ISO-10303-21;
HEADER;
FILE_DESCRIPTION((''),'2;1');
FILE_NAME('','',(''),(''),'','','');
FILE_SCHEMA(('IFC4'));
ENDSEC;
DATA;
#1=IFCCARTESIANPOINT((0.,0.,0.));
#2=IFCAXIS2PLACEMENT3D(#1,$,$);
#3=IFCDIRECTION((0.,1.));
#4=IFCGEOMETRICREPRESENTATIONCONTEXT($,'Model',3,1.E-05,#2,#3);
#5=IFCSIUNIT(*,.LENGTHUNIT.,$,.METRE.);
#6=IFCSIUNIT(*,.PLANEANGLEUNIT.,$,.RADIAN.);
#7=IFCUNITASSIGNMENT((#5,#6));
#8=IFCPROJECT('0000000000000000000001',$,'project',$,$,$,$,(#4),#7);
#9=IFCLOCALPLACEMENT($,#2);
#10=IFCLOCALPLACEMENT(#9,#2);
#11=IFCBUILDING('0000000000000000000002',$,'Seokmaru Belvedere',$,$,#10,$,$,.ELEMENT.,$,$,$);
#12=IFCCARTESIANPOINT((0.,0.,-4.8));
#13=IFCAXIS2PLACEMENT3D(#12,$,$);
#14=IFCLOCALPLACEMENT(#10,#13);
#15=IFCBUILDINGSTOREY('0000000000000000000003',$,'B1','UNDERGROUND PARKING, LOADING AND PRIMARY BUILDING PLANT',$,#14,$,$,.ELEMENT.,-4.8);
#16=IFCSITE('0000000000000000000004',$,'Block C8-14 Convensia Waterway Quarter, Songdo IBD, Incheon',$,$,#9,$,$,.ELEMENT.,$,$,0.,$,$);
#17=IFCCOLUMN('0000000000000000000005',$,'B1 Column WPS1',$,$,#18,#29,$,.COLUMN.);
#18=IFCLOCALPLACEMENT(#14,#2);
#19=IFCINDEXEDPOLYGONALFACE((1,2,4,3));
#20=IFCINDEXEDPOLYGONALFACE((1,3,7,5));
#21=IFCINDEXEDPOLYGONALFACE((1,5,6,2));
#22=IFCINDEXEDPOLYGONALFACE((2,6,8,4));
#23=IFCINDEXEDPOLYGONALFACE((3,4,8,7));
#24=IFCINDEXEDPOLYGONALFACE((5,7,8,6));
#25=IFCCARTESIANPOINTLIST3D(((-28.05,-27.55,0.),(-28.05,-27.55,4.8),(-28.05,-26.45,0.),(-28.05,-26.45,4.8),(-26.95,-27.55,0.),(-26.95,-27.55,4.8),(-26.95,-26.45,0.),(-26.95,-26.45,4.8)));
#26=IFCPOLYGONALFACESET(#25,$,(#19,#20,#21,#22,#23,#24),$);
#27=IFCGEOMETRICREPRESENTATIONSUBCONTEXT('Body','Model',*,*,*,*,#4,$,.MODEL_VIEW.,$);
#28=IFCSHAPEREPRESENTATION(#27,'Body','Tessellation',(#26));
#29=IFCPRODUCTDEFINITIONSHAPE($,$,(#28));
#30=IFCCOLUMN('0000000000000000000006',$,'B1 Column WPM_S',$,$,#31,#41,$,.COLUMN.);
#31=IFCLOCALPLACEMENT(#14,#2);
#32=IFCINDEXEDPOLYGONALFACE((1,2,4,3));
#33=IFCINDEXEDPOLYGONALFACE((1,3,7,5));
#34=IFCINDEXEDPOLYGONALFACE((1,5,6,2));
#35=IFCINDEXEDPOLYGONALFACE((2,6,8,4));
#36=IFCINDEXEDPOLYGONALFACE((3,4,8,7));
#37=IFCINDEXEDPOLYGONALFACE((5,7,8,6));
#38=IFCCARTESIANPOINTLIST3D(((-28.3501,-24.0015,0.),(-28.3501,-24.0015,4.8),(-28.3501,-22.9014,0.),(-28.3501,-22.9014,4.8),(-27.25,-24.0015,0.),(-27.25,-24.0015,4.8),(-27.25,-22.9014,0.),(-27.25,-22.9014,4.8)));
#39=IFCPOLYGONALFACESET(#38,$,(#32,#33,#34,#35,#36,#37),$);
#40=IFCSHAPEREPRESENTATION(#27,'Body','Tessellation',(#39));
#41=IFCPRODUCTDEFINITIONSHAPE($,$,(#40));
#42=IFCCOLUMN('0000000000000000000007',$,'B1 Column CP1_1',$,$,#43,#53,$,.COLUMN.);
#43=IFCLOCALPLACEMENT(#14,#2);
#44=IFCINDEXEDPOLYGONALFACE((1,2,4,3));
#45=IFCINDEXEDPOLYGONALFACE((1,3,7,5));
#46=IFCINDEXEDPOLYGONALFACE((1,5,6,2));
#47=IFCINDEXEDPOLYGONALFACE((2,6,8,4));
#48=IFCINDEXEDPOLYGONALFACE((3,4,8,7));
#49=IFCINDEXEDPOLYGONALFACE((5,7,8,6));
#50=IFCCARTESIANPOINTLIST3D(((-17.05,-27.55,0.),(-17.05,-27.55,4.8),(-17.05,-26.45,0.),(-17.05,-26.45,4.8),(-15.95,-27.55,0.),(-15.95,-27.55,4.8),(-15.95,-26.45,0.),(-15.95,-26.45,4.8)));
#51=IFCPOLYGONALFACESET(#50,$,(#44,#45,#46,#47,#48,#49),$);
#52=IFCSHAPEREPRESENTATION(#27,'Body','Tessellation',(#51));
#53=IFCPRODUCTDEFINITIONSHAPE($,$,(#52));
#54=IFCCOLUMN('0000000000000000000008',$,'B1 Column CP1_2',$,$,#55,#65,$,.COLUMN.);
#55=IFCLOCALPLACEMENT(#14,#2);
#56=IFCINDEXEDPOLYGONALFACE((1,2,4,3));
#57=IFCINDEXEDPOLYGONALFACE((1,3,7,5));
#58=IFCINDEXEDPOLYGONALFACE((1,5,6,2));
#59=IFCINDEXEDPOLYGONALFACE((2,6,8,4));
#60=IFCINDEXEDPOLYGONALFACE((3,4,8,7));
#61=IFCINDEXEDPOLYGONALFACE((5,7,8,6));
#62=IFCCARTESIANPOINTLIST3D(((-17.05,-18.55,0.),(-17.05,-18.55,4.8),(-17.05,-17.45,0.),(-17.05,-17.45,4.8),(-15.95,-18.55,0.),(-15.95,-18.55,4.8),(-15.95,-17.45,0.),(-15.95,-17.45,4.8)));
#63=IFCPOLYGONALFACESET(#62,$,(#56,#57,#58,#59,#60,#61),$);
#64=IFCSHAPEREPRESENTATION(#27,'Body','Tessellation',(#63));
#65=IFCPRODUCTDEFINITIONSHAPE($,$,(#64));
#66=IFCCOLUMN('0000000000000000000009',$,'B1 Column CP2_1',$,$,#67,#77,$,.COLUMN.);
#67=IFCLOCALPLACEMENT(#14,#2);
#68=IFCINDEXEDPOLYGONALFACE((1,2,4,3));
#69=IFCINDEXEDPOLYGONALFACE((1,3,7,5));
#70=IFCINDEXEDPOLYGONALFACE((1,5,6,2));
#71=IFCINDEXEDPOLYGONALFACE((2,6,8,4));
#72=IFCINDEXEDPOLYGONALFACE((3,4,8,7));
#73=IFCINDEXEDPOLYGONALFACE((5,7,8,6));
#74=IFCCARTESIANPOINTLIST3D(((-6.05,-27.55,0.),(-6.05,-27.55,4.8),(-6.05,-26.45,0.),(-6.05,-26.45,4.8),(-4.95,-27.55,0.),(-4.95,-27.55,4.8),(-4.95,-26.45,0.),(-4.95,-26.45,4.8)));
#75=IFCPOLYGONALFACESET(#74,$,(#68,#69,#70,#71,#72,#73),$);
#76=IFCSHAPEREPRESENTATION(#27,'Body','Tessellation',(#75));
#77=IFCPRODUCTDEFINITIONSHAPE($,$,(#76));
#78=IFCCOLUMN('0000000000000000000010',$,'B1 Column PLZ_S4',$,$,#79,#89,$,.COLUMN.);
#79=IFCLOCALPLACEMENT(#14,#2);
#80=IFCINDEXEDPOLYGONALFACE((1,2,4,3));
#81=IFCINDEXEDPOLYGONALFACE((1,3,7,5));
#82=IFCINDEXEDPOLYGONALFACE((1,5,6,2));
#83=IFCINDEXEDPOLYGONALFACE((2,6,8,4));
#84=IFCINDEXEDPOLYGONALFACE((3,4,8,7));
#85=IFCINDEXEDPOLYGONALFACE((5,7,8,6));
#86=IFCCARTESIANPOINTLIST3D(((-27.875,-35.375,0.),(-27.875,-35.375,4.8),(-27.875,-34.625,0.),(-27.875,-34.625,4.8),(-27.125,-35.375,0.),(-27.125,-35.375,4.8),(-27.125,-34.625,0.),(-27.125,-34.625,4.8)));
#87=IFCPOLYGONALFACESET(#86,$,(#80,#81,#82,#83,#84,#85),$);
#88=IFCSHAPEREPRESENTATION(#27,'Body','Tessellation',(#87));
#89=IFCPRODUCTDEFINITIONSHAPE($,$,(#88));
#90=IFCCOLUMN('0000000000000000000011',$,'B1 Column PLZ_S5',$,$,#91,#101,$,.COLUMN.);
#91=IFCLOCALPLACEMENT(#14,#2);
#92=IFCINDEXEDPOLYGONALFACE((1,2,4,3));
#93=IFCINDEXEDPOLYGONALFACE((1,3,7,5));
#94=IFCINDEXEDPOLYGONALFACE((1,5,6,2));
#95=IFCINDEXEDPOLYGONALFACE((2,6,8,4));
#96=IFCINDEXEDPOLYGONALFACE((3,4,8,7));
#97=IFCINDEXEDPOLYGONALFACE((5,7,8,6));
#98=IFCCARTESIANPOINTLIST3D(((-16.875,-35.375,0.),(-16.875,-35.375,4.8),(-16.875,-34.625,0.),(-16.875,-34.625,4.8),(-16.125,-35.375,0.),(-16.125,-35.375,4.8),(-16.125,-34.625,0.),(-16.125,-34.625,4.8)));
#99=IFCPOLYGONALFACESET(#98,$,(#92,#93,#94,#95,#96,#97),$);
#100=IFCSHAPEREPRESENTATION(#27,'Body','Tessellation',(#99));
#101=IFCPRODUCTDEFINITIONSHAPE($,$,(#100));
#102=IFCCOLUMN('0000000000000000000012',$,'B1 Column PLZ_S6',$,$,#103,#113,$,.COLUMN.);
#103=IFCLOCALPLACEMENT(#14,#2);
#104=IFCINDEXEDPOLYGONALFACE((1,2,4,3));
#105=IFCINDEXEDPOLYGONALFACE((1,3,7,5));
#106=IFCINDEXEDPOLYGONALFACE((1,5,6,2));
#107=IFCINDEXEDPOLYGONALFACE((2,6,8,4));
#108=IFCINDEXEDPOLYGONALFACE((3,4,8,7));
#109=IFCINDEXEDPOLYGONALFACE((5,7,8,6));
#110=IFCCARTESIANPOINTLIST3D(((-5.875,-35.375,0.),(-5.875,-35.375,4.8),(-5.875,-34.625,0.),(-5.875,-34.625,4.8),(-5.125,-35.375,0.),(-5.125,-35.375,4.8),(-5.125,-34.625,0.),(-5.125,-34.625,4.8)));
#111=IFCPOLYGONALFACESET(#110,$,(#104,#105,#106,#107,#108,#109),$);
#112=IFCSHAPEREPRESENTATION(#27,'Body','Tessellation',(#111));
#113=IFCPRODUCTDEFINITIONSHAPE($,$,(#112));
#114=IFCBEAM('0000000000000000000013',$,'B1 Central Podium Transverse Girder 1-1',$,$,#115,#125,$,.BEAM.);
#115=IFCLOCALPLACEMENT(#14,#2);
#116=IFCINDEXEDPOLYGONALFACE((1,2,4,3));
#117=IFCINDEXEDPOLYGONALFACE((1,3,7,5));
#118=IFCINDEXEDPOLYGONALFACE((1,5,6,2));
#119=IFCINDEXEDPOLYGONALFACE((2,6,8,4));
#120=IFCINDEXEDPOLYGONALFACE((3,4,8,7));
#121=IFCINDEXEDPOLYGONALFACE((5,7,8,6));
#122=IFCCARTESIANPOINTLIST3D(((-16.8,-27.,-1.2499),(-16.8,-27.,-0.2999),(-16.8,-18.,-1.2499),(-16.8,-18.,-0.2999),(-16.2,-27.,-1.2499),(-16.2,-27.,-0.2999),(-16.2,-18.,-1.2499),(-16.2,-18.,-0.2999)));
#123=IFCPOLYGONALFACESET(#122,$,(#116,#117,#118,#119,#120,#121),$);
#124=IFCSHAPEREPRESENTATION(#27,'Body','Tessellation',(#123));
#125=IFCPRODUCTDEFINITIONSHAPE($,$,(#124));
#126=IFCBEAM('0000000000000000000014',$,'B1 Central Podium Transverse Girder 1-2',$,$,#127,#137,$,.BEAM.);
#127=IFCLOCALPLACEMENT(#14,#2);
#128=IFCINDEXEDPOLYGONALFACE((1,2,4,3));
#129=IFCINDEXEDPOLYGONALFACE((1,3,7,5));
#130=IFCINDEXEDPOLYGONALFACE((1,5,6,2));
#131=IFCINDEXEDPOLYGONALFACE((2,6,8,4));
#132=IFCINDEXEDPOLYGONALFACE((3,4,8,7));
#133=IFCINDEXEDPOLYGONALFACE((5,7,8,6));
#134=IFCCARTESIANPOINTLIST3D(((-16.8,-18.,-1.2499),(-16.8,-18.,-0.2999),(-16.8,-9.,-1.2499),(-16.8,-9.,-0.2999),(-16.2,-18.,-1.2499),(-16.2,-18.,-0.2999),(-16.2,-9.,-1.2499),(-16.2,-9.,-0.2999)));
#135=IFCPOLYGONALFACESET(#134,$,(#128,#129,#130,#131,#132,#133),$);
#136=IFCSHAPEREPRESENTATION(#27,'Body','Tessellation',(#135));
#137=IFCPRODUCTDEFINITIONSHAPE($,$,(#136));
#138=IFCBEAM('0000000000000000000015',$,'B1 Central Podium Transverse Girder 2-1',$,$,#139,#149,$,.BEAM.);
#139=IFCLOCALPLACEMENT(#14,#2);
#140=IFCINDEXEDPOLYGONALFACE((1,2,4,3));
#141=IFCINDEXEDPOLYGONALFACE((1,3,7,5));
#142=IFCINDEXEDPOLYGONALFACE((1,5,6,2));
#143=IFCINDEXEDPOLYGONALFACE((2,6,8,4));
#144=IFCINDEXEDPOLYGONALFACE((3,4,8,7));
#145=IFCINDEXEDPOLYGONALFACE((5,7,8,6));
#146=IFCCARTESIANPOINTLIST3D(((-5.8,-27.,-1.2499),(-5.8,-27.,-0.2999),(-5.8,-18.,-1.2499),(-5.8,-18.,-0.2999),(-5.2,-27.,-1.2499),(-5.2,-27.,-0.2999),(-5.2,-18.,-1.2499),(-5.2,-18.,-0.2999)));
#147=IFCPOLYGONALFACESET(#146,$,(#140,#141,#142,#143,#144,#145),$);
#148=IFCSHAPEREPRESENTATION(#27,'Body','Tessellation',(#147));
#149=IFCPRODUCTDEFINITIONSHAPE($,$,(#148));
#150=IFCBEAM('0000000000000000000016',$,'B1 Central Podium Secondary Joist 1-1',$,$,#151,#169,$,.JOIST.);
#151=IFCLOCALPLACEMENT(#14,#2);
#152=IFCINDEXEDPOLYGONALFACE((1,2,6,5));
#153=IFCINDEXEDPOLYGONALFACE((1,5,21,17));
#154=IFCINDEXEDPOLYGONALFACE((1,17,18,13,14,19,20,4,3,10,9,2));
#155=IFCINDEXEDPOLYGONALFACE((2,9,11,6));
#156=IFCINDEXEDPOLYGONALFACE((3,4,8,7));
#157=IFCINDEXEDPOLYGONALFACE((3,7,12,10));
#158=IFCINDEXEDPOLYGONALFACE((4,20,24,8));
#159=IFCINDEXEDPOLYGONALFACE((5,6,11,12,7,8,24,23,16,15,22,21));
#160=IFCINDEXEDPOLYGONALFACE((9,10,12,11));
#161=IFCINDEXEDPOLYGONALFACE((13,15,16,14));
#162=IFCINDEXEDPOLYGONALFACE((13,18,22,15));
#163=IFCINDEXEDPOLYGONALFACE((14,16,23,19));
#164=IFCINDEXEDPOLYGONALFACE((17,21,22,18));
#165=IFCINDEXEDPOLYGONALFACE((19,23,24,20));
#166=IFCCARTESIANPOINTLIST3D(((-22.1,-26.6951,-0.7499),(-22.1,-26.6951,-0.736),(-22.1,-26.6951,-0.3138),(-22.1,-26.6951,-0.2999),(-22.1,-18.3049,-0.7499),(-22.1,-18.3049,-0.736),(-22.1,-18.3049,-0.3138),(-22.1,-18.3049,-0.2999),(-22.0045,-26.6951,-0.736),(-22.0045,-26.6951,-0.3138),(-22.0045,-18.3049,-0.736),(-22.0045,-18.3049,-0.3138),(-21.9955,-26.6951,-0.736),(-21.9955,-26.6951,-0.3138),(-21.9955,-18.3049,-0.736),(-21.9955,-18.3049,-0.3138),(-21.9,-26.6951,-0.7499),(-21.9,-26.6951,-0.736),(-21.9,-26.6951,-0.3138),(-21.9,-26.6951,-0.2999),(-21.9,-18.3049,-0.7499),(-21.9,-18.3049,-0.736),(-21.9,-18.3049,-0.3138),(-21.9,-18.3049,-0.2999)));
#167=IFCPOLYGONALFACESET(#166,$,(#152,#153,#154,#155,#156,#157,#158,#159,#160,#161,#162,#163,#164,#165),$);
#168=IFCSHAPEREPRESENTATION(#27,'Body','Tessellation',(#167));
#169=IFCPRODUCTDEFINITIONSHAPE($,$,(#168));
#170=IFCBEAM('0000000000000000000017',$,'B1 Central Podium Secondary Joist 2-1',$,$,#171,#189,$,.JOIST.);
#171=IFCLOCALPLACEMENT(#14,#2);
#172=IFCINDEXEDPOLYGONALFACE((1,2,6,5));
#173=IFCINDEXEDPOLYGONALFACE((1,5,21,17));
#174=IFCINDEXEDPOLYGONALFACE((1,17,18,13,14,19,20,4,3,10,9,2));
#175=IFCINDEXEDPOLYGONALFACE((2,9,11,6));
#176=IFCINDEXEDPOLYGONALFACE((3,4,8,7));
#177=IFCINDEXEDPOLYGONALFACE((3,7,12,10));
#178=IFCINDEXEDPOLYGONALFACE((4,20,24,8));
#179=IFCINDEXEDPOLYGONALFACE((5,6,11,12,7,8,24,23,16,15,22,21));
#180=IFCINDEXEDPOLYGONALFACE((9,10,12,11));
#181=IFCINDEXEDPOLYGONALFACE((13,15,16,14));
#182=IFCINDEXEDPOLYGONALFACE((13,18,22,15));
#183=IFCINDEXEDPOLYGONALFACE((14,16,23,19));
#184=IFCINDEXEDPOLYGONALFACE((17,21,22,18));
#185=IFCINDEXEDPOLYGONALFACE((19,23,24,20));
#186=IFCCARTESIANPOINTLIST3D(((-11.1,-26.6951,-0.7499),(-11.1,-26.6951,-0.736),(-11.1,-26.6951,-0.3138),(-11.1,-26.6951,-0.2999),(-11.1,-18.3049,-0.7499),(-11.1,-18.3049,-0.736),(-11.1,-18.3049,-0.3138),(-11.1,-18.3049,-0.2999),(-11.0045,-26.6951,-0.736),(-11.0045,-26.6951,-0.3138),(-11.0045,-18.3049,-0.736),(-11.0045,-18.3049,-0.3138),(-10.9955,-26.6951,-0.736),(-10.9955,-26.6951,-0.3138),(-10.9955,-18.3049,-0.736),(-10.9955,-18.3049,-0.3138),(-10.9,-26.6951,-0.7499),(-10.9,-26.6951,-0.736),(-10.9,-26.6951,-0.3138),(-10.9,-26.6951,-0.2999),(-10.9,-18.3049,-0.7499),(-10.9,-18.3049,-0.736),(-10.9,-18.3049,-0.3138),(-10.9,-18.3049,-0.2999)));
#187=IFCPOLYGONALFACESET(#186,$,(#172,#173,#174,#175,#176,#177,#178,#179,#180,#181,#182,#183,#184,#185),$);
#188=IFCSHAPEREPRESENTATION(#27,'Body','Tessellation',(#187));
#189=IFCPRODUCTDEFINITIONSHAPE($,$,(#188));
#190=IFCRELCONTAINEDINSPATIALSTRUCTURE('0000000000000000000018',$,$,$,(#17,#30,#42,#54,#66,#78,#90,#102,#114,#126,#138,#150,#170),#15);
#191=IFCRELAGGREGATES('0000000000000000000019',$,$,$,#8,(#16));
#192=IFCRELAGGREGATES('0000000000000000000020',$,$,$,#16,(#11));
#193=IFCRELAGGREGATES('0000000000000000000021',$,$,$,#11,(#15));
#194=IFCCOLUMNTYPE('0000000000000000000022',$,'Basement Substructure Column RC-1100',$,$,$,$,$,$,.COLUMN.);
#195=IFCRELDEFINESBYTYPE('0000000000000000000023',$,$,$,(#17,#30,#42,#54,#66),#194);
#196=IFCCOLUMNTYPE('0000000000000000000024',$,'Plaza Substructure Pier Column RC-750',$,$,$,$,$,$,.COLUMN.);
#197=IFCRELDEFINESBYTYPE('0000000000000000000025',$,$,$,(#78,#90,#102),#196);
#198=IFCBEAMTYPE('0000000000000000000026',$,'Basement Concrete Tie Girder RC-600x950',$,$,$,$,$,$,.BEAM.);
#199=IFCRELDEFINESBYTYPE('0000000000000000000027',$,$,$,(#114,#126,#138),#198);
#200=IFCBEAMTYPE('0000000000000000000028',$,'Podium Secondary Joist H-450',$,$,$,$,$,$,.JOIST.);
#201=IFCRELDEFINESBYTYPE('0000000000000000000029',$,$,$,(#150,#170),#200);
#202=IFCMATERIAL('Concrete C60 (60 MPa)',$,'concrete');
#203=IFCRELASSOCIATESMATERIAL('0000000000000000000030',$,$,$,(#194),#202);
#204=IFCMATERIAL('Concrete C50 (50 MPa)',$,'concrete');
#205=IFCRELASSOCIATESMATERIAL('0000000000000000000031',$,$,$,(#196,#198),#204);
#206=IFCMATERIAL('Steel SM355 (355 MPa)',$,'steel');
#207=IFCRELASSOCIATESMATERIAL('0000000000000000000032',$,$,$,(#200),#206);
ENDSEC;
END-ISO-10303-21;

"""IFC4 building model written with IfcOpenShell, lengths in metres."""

from ifc_helpers import new_model, si_unit, direction, frame, origin, origin_2d, place, context, subcontext, project, spatial, rectangle, i_section, extrude, source, transform, mapped, material, material_profile, profile_set, type_object, type_shapes, element, save


model = new_model("IFC4")

# Units and contexts
model_context = context("Model", 3, precision=1e-05, world=origin(), true_north=direction((0.0, 1.0)))
body_context = subcontext(model_context, "Body", "Model", "MODEL_VIEW")
ifc_project = project(units=[si_unit("LENGTHUNIT", "METRE"), si_unit("PLANEANGLEUNIT", "RADIAN")], contexts=[model_context])

# Site, building, storey
site_placement = place(None, origin())
site = spatial("IfcSite", under=ifc_project, at=site_placement, Name="Block C8-14 Convensia Waterway Quarter, Songdo IBD, Incheon", CompositionType="ELEMENT", RefElevation=0.0)
building_placement = place(site_placement, origin())
building = spatial("IfcBuilding", under=site, at=building_placement, Name="Seokmaru Belvedere", CompositionType="ELEMENT")
storey_placement = place(building_placement, frame((0.0, 0.0, -4.8)))
storey = spatial("IfcBuildingStorey", under=building, at=storey_placement, Name="B1", Description="UNDERGROUND PARKING, LOADING AND PRIMARY BUILDING PLANT", CompositionType="ELEMENT", Elevation=-4.8)

# Columns
ifc_material_1 = material(Name="Concrete C60 (60 MPa)", Category="concrete")
ifc_material_profile_1 = material_profile(ifc_material_1, rectangle(XDim=1.1001, YDim=1.1001, at=origin_2d()), Name="RC-1100x1100")
ifc_profile_set_1 = profile_set([ifc_material_profile_1], Name="Concrete C60 (60 MPa)")
column_type_1 = type_object("IfcColumnType", Name="Basement Substructure Column RC-1100", PredefinedType="COLUMN", material=ifc_profile_set_1)
shared_shape_1 = source(origin(), body_context, "Body", "SweptSolid", [
    extrude(rectangle(XDim=1.1001, YDim=1.1001, at=origin_2d()), origin(), (0.0, 0.0, 1.0), 4.8),
])
type_shapes(column_type_1, [shared_shape_1])
for number, where, z_axis, x_axis, name in (
    (1, (-27.5, -27.0, 0.0), (0.0, 0.0, 1.0), (1.0, 0.0, 0.0), "B1 Column WPS1"),
    (2, (-27.8, -23.4514, 0.0), (0.0, 0.0, 1.0), (1.0, 0.0, 0.0), "B1 Column WPM_S"),
    (3, (-16.5, -27.0, 0.0), (0.0, 0.0, 1.0), (1.0, 0.0, 0.0), "B1 Column CP1_1"),
    (4, (-16.5, -18.0, 0.0), (0.0, 0.0, 1.0), (1.0, 0.0, 0.0), "B1 Column CP1_2"),
    (5, (-5.5, -27.0, 0.0), (0.0, 0.0, 1.0), (1.0, 0.0, 0.0), "B1 Column CP2_1"),
):
    element("IfcColumn", number, at=place(storey_placement, frame(where, z_axis=z_axis, x_axis=x_axis)), inside=storey, type_object=column_type_1, Name=name, PredefinedType="COLUMN", context=body_context, shape_type="MappedRepresentation", body=[
        mapped(shared_shape_1, transform((0.0, 0.0, 0.0), scale=1.0)),
    ])
ifc_material_2 = material(Name="Concrete C50 (50 MPa)", Category="concrete")
ifc_material_profile_2 = material_profile(ifc_material_2, rectangle(XDim=0.75, YDim=0.75, at=origin_2d()), Name="RC-750x750")
ifc_profile_set_2 = profile_set([ifc_material_profile_2], Name="Concrete C50 (50 MPa)")
column_type_2 = type_object("IfcColumnType", Name="Plaza Substructure Pier Column RC-750", PredefinedType="COLUMN", material=ifc_profile_set_2)
shared_shape_2 = source(origin(), body_context, "Body", "SweptSolid", [
    extrude(rectangle(XDim=0.75, YDim=0.75, at=origin_2d()), origin(), (0.0, 0.0, 1.0), 4.8),
])
type_shapes(column_type_2, [shared_shape_2])
for number, where, z_axis, x_axis, name in (
    (6, (-27.5, -35.0, 0.0), (0.0, 0.0, 1.0), (1.0, 0.0, 0.0), "B1 Column PLZ_S4"),
    (7, (-16.5, -35.0, 0.0), (0.0, 0.0, 1.0), (1.0, 0.0, 0.0), "B1 Column PLZ_S5"),
    (8, (-5.5, -35.0, 0.0), (0.0, 0.0, 1.0), (1.0, 0.0, 0.0), "B1 Column PLZ_S6"),
):
    element("IfcColumn", number, at=place(storey_placement, frame(where, z_axis=z_axis, x_axis=x_axis)), inside=storey, type_object=column_type_2, Name=name, PredefinedType="COLUMN", context=body_context, shape_type="MappedRepresentation", body=[
        mapped(shared_shape_2, transform((0.0, 0.0, 0.0), scale=1.0)),
    ])

# Beams
ifc_material_profile_3 = material_profile(ifc_material_2, rectangle(XDim=0.6001, YDim=0.95, at=origin_2d()), Name="RC-600x950")
ifc_profile_set_3 = profile_set([ifc_material_profile_3], Name="Concrete C50 (50 MPa)")
beam_type_1 = type_object("IfcBeamType", Name="Basement Concrete Tie Girder RC-600x950", PredefinedType="BEAM", material=ifc_profile_set_3)
shared_shape_3 = source(origin(), body_context, "Body", "SweptSolid", [
    extrude(rectangle(XDim=0.6001, YDim=0.95, at=origin_2d()), origin(), (0.0, 0.0, 1.0), 9.0),
])
for number, where, z_axis, x_axis, name in (
    (9, (-16.5, -27.0, -0.7749), (0.0, 1.0, 0.0), (-1.0, 0.0, 0.0), "B1 Central Podium Transverse Girder 1-1"),
    (10, (-16.5, -18.0, -0.7749), (0.0, 1.0, 0.0), (-1.0, 0.0, 0.0), "B1 Central Podium Transverse Girder 1-2"),
    (11, (-5.5, -27.0, -0.7749), (0.0, 1.0, 0.0), (-1.0, 0.0, 0.0), "B1 Central Podium Transverse Girder 2-1"),
):
    element("IfcBeam", number, at=place(storey_placement, frame(where, z_axis=z_axis, x_axis=x_axis)), inside=storey, type_object=beam_type_1, Name=name, PredefinedType="BEAM", context=body_context, shape_type="MappedRepresentation", body=[
        mapped(shared_shape_3, transform((0.0, 0.0, 0.0), scale=1.0)),
    ])
ifc_material_3 = material(Name="Steel SM355 (355 MPa)", Category="steel")
ifc_material_profile_4 = material_profile(ifc_material_3, i_section(OverallWidth=0.2, OverallDepth=0.45, WebThickness=0.009, FlangeThickness=0.0139, at=origin_2d()), Name="H-450x200x9x14")
ifc_profile_set_4 = profile_set([ifc_material_profile_4], Name="Steel SM355 (355 MPa)")
beam_type_2 = type_object("IfcBeamType", Name="Podium Secondary Joist H-450", PredefinedType="JOIST", material=ifc_profile_set_4)
shared_shape_4 = source(origin(), body_context, "Body", "SweptSolid", [
    extrude(i_section(OverallWidth=0.2, OverallDepth=0.45, WebThickness=0.009, FlangeThickness=0.0139, at=origin_2d()), origin(), (0.0, 0.0, 1.0), 8.3901),
])
type_shapes(beam_type_2, [shared_shape_4])
for number, where, z_axis, x_axis, name in (
    (12, (-22.0, -26.6951, -0.5249), (0.0, 1.0, 0.0), (-1.0, 0.0, 0.0), "B1 Central Podium Secondary Joist 1-1"),
    (13, (-11.0, -26.6951, -0.5249), (0.0, 1.0, 0.0), (-1.0, 0.0, 0.0), "B1 Central Podium Secondary Joist 2-1"),
):
    element("IfcBeam", number, at=place(storey_placement, frame(where, z_axis=z_axis, x_axis=x_axis)), inside=storey, type_object=beam_type_2, Name=name, PredefinedType="JOIST", context=body_context, shape_type="MappedRepresentation", body=[
        mapped(shared_shape_4, transform((0.0, 0.0, 0.0), scale=1.0)),
    ])

save(model, "model.ifc")
